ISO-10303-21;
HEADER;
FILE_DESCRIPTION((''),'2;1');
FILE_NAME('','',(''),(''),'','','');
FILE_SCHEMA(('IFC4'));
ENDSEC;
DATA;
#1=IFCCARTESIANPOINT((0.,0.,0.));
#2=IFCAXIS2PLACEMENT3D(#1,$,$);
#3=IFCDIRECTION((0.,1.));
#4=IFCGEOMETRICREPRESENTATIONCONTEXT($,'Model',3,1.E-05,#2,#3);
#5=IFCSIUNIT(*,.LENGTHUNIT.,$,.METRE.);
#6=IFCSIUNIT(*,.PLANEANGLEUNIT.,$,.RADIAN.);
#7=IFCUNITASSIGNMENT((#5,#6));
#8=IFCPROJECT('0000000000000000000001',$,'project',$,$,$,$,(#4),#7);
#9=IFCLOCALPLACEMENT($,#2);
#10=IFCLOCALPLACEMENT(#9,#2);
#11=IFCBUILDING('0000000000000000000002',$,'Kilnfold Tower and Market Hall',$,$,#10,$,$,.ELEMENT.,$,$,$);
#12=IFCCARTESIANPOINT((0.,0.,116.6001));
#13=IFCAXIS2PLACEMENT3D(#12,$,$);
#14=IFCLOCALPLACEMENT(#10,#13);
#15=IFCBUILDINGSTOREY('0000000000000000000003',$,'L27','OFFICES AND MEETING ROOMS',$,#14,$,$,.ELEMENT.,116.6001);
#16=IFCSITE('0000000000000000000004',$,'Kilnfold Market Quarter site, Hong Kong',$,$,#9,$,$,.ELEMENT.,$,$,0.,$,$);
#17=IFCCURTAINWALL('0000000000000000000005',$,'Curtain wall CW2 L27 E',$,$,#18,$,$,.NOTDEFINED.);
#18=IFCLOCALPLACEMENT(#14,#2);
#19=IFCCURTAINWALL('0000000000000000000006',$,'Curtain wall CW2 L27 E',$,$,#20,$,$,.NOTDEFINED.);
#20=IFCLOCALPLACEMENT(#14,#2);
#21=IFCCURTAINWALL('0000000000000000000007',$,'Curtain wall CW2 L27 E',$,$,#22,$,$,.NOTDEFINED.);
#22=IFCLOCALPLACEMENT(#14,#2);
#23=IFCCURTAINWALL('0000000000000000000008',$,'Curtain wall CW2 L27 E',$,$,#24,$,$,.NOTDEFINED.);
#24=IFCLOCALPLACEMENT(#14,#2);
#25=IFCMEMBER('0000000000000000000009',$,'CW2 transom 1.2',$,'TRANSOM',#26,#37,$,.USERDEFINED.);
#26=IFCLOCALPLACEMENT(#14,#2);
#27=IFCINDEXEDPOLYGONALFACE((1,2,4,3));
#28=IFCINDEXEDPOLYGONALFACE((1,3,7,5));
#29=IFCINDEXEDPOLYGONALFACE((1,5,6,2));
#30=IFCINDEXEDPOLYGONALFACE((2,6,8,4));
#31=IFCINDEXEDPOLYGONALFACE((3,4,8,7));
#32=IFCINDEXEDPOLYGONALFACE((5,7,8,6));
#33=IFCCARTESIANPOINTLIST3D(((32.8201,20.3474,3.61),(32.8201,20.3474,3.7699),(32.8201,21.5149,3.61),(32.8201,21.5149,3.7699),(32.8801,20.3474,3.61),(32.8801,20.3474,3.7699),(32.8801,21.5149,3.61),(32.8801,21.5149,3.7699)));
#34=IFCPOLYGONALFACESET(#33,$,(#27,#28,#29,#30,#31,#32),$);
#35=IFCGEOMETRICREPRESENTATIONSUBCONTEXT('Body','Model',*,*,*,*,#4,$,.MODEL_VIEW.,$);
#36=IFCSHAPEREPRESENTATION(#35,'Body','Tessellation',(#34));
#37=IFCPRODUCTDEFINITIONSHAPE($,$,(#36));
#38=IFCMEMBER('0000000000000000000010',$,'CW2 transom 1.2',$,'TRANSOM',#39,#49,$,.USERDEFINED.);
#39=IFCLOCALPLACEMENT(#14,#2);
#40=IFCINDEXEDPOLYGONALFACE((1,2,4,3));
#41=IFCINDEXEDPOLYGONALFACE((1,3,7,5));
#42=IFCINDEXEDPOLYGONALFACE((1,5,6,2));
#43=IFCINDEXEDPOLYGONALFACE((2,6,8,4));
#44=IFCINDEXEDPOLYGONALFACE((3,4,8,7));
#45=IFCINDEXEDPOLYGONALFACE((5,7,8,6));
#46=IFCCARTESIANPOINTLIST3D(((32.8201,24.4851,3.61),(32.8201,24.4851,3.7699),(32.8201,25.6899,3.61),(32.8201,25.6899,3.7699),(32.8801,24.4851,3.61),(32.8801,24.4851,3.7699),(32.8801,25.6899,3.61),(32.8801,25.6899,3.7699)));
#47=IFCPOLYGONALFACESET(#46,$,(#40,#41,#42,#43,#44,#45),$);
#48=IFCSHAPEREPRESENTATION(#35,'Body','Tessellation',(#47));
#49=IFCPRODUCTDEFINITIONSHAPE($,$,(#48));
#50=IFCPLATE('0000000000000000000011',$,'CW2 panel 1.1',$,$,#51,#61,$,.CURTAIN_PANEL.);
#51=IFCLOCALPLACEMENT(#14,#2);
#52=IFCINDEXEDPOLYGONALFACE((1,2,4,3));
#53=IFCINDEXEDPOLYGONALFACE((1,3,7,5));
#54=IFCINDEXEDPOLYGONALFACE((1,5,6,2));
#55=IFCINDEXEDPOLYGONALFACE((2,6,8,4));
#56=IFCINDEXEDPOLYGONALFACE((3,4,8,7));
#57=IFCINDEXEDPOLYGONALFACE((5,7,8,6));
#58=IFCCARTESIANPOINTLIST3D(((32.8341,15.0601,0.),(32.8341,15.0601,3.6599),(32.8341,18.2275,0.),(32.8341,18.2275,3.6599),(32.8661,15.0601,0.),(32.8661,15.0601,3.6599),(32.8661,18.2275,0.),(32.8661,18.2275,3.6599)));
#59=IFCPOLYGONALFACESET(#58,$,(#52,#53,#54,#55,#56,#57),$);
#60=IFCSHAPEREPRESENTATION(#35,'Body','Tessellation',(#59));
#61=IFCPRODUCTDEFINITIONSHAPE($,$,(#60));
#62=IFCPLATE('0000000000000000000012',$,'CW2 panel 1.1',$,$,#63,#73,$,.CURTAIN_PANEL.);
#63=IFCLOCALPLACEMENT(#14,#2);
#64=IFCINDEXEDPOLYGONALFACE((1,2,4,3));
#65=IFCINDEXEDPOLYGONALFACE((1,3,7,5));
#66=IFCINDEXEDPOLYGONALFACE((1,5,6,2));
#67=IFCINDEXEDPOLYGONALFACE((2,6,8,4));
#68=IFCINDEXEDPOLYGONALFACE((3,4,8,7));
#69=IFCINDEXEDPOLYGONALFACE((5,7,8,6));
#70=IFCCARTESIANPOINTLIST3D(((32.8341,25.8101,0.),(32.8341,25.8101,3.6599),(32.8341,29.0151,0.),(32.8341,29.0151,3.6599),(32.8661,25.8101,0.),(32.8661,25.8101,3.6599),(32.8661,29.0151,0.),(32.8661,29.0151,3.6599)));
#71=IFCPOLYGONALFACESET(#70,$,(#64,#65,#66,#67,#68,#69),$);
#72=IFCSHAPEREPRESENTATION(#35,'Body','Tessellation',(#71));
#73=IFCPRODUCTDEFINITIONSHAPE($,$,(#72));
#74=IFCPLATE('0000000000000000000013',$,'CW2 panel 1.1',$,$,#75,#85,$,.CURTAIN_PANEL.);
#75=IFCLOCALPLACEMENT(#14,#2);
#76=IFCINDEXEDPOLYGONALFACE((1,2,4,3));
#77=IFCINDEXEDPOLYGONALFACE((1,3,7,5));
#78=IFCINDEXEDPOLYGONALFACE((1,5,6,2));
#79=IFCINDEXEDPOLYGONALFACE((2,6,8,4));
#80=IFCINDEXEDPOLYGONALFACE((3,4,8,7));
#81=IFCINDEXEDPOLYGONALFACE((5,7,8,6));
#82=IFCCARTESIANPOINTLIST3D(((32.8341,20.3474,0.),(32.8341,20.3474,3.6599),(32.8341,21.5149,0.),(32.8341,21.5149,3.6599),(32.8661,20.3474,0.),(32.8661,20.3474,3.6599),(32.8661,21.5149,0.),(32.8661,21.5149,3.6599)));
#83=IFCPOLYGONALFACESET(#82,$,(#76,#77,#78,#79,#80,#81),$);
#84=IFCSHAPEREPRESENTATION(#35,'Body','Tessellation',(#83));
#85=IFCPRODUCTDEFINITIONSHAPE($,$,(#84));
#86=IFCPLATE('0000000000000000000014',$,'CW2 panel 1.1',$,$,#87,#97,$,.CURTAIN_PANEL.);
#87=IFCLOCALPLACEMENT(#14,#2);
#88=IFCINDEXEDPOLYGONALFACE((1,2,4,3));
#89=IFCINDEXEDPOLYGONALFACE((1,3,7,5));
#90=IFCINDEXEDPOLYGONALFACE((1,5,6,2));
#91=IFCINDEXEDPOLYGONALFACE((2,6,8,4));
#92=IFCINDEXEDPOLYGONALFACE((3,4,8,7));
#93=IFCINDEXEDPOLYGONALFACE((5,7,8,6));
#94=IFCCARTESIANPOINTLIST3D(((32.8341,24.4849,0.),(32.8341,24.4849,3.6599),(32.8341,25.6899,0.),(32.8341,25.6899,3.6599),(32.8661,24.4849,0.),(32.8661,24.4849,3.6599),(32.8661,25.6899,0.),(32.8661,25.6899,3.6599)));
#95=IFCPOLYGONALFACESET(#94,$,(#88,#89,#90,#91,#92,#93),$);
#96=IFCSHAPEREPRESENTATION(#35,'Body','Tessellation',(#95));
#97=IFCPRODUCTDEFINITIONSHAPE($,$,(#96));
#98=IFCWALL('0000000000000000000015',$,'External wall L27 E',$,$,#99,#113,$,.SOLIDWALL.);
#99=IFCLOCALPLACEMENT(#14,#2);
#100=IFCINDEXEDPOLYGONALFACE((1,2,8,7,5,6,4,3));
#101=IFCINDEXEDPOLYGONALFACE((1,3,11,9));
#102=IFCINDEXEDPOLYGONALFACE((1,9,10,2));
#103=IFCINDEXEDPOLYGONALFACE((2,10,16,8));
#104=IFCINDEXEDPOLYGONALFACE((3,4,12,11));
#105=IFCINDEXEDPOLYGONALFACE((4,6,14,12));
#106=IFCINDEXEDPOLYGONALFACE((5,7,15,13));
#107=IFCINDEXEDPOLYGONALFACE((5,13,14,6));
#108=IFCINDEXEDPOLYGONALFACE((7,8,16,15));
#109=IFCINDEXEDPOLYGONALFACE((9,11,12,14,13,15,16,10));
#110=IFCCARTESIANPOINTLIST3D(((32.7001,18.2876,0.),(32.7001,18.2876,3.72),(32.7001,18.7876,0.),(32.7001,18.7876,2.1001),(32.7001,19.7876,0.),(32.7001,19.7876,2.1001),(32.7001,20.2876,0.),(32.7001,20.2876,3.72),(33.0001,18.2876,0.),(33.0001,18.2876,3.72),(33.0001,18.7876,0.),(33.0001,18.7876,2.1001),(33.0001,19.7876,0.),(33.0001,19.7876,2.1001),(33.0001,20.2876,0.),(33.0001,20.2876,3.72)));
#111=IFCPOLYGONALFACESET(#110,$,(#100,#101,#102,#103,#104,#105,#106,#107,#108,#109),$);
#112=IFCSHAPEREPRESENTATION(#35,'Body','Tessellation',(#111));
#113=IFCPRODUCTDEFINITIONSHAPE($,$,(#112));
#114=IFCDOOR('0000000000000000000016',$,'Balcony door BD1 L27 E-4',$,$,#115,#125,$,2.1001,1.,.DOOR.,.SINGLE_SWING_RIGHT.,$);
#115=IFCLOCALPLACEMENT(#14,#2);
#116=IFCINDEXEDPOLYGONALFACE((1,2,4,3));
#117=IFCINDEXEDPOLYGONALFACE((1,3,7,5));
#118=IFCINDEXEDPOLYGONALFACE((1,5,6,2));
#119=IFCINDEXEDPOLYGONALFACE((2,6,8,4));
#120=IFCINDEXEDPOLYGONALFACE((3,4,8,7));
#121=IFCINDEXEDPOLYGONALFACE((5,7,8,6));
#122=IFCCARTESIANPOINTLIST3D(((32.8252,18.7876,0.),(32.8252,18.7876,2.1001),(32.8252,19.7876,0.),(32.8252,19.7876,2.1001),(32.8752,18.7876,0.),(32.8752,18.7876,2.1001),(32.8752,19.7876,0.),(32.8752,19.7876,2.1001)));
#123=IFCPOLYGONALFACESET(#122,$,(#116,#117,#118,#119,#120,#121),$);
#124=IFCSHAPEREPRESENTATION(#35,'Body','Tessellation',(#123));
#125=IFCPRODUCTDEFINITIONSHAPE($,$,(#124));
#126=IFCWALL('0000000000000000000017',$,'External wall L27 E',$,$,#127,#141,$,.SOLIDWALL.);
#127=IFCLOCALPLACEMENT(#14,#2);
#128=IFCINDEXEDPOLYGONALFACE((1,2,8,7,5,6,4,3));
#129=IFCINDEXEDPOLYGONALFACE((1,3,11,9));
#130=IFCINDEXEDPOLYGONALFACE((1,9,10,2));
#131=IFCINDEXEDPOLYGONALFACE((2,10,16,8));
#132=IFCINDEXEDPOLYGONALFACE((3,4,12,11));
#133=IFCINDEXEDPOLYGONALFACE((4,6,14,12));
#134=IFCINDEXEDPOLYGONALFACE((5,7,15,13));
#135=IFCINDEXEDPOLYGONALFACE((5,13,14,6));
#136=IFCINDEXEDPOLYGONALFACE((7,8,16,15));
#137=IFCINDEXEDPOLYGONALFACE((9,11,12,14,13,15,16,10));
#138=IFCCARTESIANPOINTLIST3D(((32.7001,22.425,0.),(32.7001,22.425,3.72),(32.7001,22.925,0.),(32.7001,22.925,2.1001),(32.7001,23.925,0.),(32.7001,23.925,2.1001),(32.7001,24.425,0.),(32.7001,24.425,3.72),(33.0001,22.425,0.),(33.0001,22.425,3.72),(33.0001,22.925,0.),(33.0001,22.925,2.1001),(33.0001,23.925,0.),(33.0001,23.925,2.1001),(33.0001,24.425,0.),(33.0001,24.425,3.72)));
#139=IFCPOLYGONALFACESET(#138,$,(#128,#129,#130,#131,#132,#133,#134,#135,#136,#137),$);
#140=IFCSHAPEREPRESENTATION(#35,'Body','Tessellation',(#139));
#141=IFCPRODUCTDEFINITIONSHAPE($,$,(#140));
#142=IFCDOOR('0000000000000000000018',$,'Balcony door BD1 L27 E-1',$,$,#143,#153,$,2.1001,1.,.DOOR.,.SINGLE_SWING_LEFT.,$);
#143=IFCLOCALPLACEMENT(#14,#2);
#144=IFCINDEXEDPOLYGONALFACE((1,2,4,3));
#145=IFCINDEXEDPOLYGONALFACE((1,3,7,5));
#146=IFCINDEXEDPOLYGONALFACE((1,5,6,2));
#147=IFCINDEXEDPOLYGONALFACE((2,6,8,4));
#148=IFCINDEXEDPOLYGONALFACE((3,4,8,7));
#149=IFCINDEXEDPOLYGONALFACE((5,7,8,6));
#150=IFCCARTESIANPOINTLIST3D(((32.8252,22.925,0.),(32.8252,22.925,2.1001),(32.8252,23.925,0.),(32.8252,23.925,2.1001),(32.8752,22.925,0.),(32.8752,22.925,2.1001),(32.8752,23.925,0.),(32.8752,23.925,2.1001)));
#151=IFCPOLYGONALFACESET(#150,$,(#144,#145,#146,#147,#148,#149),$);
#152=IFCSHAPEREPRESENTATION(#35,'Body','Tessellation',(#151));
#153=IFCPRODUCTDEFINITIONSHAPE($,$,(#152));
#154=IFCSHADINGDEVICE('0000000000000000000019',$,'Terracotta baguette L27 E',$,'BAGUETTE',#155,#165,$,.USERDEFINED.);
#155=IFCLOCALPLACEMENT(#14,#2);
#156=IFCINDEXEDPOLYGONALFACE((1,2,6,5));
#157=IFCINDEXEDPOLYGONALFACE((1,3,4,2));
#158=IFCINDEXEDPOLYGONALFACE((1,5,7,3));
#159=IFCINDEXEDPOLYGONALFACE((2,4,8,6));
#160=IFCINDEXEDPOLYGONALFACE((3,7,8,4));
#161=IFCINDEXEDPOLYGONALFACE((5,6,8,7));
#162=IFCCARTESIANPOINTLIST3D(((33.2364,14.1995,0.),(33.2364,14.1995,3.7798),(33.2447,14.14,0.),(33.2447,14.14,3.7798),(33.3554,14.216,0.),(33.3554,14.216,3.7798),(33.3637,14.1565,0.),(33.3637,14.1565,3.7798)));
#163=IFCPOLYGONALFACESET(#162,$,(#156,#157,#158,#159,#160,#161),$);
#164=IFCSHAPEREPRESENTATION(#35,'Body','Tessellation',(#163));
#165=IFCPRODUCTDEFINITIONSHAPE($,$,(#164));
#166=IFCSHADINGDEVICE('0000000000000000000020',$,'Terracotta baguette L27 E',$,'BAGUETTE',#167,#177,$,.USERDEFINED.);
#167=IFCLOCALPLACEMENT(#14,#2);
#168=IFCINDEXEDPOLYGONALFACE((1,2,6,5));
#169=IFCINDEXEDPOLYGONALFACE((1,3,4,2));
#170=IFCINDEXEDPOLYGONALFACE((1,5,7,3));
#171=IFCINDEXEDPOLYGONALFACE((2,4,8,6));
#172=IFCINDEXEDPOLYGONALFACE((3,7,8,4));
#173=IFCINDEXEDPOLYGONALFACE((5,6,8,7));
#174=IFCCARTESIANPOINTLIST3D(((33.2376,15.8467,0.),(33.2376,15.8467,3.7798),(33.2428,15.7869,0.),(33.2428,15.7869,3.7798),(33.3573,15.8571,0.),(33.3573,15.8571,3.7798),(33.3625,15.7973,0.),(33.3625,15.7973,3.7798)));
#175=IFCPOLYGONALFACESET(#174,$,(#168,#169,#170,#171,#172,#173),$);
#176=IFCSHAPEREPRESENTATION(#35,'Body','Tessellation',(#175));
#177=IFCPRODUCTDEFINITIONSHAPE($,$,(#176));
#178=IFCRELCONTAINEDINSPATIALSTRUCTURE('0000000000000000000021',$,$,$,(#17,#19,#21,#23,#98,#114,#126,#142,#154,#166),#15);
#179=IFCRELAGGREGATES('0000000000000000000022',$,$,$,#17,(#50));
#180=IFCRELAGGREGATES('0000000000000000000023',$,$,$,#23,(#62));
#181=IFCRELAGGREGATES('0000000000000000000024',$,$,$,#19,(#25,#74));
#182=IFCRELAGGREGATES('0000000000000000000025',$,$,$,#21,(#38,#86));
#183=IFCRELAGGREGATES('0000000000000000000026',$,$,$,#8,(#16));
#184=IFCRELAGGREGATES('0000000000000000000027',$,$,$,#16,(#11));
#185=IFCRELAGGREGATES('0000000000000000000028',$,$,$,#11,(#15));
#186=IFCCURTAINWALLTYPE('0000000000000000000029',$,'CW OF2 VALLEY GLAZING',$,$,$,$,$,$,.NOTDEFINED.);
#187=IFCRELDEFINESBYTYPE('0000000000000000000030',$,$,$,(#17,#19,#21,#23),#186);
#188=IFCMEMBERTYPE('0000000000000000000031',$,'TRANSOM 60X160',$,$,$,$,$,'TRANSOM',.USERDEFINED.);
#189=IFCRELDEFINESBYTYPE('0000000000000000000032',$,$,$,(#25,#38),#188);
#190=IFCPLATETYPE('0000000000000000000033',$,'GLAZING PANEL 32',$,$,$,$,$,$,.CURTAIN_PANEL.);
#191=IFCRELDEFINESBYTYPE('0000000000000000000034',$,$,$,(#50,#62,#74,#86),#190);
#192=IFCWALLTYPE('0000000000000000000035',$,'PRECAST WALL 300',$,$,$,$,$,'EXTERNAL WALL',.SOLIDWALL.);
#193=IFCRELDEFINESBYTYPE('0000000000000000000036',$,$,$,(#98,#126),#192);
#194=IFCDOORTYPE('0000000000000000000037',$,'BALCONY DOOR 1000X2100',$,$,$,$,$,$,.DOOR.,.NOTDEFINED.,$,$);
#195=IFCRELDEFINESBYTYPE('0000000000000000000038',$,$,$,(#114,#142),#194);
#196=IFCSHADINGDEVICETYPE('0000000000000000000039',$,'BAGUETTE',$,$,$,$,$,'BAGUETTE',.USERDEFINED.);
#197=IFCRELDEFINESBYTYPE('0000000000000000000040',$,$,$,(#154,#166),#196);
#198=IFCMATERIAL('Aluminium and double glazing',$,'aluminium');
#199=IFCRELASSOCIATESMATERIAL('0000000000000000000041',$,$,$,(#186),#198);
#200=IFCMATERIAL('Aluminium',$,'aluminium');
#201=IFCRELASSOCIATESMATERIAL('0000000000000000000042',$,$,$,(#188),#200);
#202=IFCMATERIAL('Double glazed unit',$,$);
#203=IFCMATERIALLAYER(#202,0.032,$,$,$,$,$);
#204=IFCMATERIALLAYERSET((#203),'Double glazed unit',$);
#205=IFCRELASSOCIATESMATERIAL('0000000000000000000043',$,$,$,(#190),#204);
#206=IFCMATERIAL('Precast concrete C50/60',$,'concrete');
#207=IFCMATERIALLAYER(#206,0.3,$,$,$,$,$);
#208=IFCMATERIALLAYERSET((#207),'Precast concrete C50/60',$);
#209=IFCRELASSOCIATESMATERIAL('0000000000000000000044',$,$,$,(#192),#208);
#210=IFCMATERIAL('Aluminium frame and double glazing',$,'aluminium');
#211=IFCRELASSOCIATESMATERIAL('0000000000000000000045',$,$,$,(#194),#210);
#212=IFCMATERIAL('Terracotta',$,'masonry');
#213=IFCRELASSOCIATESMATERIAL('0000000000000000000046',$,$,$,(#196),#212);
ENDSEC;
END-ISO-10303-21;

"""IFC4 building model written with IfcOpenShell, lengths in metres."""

from ifc_helpers import new_model, si_unit, direction, frame, frame_2d, origin, origin_2d, place, context, subcontext, project, spatial, rectangle, extrude, source, transform, mapped, material, layer, layer_set, material_profile, profile_set, type_object, element, fill, aggregate, save


model = new_model("IFC4")

# Units and contexts
model_context = context("Model", 3, precision=1e-05, world=origin(), true_north=direction((0.0, 1.0)))
body_context = subcontext(model_context, "Body", "Model", "MODEL_VIEW")
ifc_project = project(units=[si_unit("LENGTHUNIT", "METRE"), si_unit("PLANEANGLEUNIT", "RADIAN")], contexts=[model_context])

# Site, building, storey
site_placement = place(None, origin())
site = spatial("IfcSite", under=ifc_project, at=site_placement, Name="Kilnfold Market Quarter site, Hong Kong", CompositionType="ELEMENT", RefElevation=0.0)
building_placement = place(site_placement, origin())
building = spatial("IfcBuilding", under=site, at=building_placement, Name="Kilnfold Tower and Market Hall", CompositionType="ELEMENT")
storey_placement = place(building_placement, frame((0.0, 0.0, 116.6001)))
storey = spatial("IfcBuildingStorey", under=building, at=storey_placement, Name="L27", Description="OFFICES AND MEETING ROOMS", CompositionType="ELEMENT", Elevation=116.6001)

# Shared definitions
ifc_material_1 = material(Name="Aluminium and double glazing", Category="aluminium")
curtain_wall_type = type_object("IfcCurtainWallType", Name="CW OF2 VALLEY GLAZING", PredefinedType="NOTDEFINED", material=ifc_material_1)

# Curtain walls
curtain_wall_1_placement = place(storey_placement, origin())
curtain_wall_1 = element("IfcCurtainWall", 1, at=curtain_wall_1_placement, inside=storey, type_object=curtain_wall_type, Name="Curtain wall CW2 L27 E", PredefinedType="NOTDEFINED")
curtain_wall_2_placement = place(storey_placement, origin())
curtain_wall_2 = element("IfcCurtainWall", 2, at=curtain_wall_2_placement, inside=storey, type_object=curtain_wall_type, Name="Curtain wall CW2 L27 E", PredefinedType="NOTDEFINED")
curtain_wall_3_placement = place(storey_placement, origin())
curtain_wall_3 = element("IfcCurtainWall", 3, at=curtain_wall_3_placement, inside=storey, type_object=curtain_wall_type, Name="Curtain wall CW2 L27 E", PredefinedType="NOTDEFINED")
curtain_wall_4_placement = place(storey_placement, origin())
curtain_wall_4 = element("IfcCurtainWall", 4, at=curtain_wall_4_placement, inside=storey, type_object=curtain_wall_type, Name="Curtain wall CW2 L27 E", PredefinedType="NOTDEFINED")

# Members
ifc_material_2 = material(Name="Aluminium", Category="aluminium")
ifc_material_profile_1 = material_profile(ifc_material_2, rectangle(XDim=0.0601, YDim=0.1599, at=origin_2d()), Name="TRANSOM 60x160")
ifc_profile_set_1 = profile_set([ifc_material_profile_1], Name="Aluminium")
member_type_1 = type_object("IfcMemberType", Name="TRANSOM 60X160", ElementType="TRANSOM", PredefinedType="USERDEFINED", material=ifc_profile_set_1)
shared_shape_1 = source(origin(), body_context, "Body", "SweptSolid", [
    extrude(rectangle(XDim=0.0601, YDim=0.1599, at=origin_2d()), origin(), (0.0, 0.0, 1.0), 1.1675),
])
member_1_placement = place(storey_placement, frame((32.8501, 20.3474, 3.6899), z_axis=(0.0, 1.0, 0.0), x_axis=(-1.0, 0.0, 0.0)))
member_1 = element("IfcMember", 5, at=member_1_placement, type_object=member_type_1, Name="CW2 transom 1.2", ObjectType="TRANSOM", PredefinedType="USERDEFINED", context=body_context, shape_type="MappedRepresentation", body=[
    mapped(shared_shape_1, transform((0.0, 0.0, 0.0))),
])
shared_shape_2 = source(origin(), body_context, "Body", "SweptSolid", [
    extrude(rectangle(XDim=0.0601, YDim=0.1599, at=origin_2d()), origin(), (0.0, 0.0, 1.0), 1.2048),
])
member_2_placement = place(storey_placement, frame((32.8501, 24.4851, 3.6899), z_axis=(0.0, 1.0, 0.0), x_axis=(-1.0, 0.0, 0.0)))
member_2 = element("IfcMember", 6, at=member_2_placement, type_object=member_type_1, Name="CW2 transom 1.2", ObjectType="TRANSOM", PredefinedType="USERDEFINED", context=body_context, shape_type="MappedRepresentation", body=[
    mapped(shared_shape_2, transform((0.0, 0.0, 0.0))),
])

# Plates
ifc_material_3 = material(Name="Double glazed unit")
ifc_layer_1 = layer(ifc_material_3, 0.032)
ifc_layer_set_1 = layer_set([ifc_layer_1], Name="Double glazed unit")
plate_type = type_object("IfcPlateType", Name="GLAZING PANEL 32", PredefinedType="CURTAIN_PANEL", material=ifc_layer_set_1)
shared_shape_3 = source(origin(), body_context, "Body", "SweptSolid", [
    extrude(rectangle(XDim=3.1675, YDim=0.032, at=origin_2d()), origin(), (0.0, 0.0, 1.0), 3.6599),
])
plate_1_placement = place(storey_placement, frame((32.8501, 16.6438, 0.0), z_axis=(0.0, 0.0, 1.0), x_axis=(0.0, 1.0, 0.0)))
plate_1 = element("IfcPlate", 7, at=plate_1_placement, type_object=plate_type, Name="CW2 panel 1.1", PredefinedType="CURTAIN_PANEL", context=body_context, shape_type="MappedRepresentation", body=[
    mapped(shared_shape_3, transform((0.0, 0.0, 0.0))),
])
aggregate(curtain_wall_1, [plate_1])
shared_shape_4 = source(origin(), body_context, "Body", "SweptSolid", [
    extrude(rectangle(XDim=3.2051, YDim=0.032, at=origin_2d()), origin(), (0.0, 0.0, 1.0), 3.6599),
])
plate_2_placement = place(storey_placement, frame((32.8501, 27.4126, 0.0), z_axis=(0.0, 0.0, 1.0), x_axis=(0.0, 1.0, 0.0)))
plate_2 = element("IfcPlate", 8, at=plate_2_placement, type_object=plate_type, Name="CW2 panel 1.1", PredefinedType="CURTAIN_PANEL", context=body_context, shape_type="MappedRepresentation", body=[
    mapped(shared_shape_4, transform((0.0, 0.0, 0.0))),
])
aggregate(curtain_wall_4, [plate_2])
shared_shape_5 = source(origin(), body_context, "Body", "SweptSolid", [
    extrude(rectangle(XDim=1.1675, YDim=0.032, at=origin_2d()), origin(), (0.0, 0.0, 1.0), 3.6599),
])
plate_3_placement = place(storey_placement, frame((32.8501, 20.9312, 0.0), z_axis=(0.0, 0.0, 1.0), x_axis=(0.0, 1.0, 0.0)))
plate_3 = element("IfcPlate", 9, at=plate_3_placement, type_object=plate_type, Name="CW2 panel 1.1", PredefinedType="CURTAIN_PANEL", context=body_context, shape_type="MappedRepresentation", body=[
    mapped(shared_shape_5, transform((0.0, 0.0, 0.0))),
])
aggregate(curtain_wall_2, [member_1, plate_3])
shared_shape_6 = source(origin(), body_context, "Body", "SweptSolid", [
    extrude(rectangle(XDim=1.2051, YDim=0.032, at=origin_2d()), origin(), (0.0, 0.0, 1.0), 3.6599),
])
plate_4_placement = place(storey_placement, frame((32.8501, 25.0874, 0.0), z_axis=(0.0, 0.0, 1.0), x_axis=(0.0, 1.0, 0.0)))
plate_4 = element("IfcPlate", 10, at=plate_4_placement, type_object=plate_type, Name="CW2 panel 1.1", PredefinedType="CURTAIN_PANEL", context=body_context, shape_type="MappedRepresentation", body=[
    mapped(shared_shape_6, transform((0.0, 0.0, 0.0))),
])
aggregate(curtain_wall_3, [member_2, plate_4])

# Walls, openings, doors
ifc_material_4 = material(Name="Precast concrete C50/60", Category="concrete")
ifc_layer_2 = layer(ifc_material_4, 0.3)
ifc_layer_set_2 = layer_set([ifc_layer_2], Name="Precast concrete C50/60")
wall_type = type_object("IfcWallType", Name="PRECAST WALL 300", ElementType="EXTERNAL WALL", PredefinedType="SOLIDWALL", material=ifc_layer_set_2)
shared_shape_7 = source(origin(), body_context, "Body", "SweptSolid", [
    extrude(rectangle(XDim=2.0, YDim=0.3, at=frame_2d((1.0, 0.0))), origin(), (0.0, 0.0, 1.0), 3.72),
])
wall_1_placement = place(storey_placement, frame((32.8501, 18.2876, 0.0), z_axis=(0.0, 0.0, 1.0), x_axis=(0.0, 1.0, 0.0)))
wall_1 = element("IfcWall", 11, at=wall_1_placement, inside=storey, type_object=wall_type, Name="External wall L27 E", PredefinedType="SOLIDWALL", context=body_context, shape_type="MappedRepresentation", body=[
    mapped(shared_shape_7, transform((0.0, 0.0, 0.0))),
])
opening_1_placement = place(wall_1_placement, frame((0.5, 0.0, 0.0)))
opening_1 = element("IfcOpeningElement", 12, at=opening_1_placement, cuts=wall_1, PredefinedType="OPENING", context=body_context, shape_type="SweptSolid", body=[
    extrude(rectangle(XDim=1.0, YDim=2.1001, at=frame_2d((0.5, 1.05))), frame((0.0, 0.1602, 0.0), z_axis=(0.0, -1.0, 0.0), x_axis=(1.0, 0.0, 0.0)), (0.0, 0.0, 1.0), 0.3201),
])
ifc_material_5 = material(Name="Aluminium frame and double glazing", Category="aluminium")
door_type = type_object("IfcDoorType", Name="BALCONY DOOR 1000X2100", OperationType="NOTDEFINED", PredefinedType="DOOR", material=ifc_material_5)
door_1_placement = place(opening_1_placement, origin())
door_1 = element("IfcDoor", 13, at=door_1_placement, inside=storey, type_object=door_type, Name="Balcony door BD1 L27 E-4", OperationType="SINGLE_SWING_RIGHT", OverallHeight=2.1001, OverallWidth=1.0, PredefinedType="DOOR", context=body_context, shape_type="SweptSolid", body=[
    extrude(rectangle(XDim=1.0, YDim=2.1001, at=frame_2d((0.5, 1.05))), frame((0.0, 0.0249, 0.0), z_axis=(0.0, -1.0, 0.0), x_axis=(1.0, 0.0, 0.0)), (0.0, 0.0, 1.0), 0.05),
])
fill(opening_1, door_1)
wall_2_placement = place(storey_placement, frame((32.8501, 22.425, 0.0), z_axis=(0.0, 0.0, 1.0), x_axis=(0.0, 1.0, 0.0)))
wall_2 = element("IfcWall", 14, at=wall_2_placement, inside=storey, type_object=wall_type, Name="External wall L27 E", PredefinedType="SOLIDWALL", context=body_context, shape_type="MappedRepresentation", body=[
    mapped(shared_shape_7, transform((0.0, 0.0, 0.0))),
])
opening_2_placement = place(wall_2_placement, frame((0.5, 0.0, 0.0)))
opening_2 = element("IfcOpeningElement", 15, at=opening_2_placement, cuts=wall_2, PredefinedType="OPENING", context=body_context, shape_type="SweptSolid", body=[
    extrude(rectangle(XDim=1.0, YDim=2.1001, at=frame_2d((0.5, 1.05))), frame((0.0, 0.1602, 0.0), z_axis=(0.0, -1.0, 0.0), x_axis=(1.0, 0.0, 0.0)), (0.0, 0.0, 1.0), 0.3201),
])
door_2_placement = place(opening_2_placement, origin())
door_2 = element("IfcDoor", 16, at=door_2_placement, inside=storey, type_object=door_type, Name="Balcony door BD1 L27 E-1", OperationType="SINGLE_SWING_LEFT", OverallHeight=2.1001, OverallWidth=1.0, PredefinedType="DOOR", context=body_context, shape_type="SweptSolid", body=[
    extrude(rectangle(XDim=1.0, YDim=2.1001, at=frame_2d((0.5, 1.05))), frame((0.0, 0.0249, 0.0), z_axis=(0.0, -1.0, 0.0), x_axis=(1.0, 0.0, 0.0)), (0.0, 0.0, 1.0), 0.05),
])
fill(opening_2, door_2)

# Shading devices
ifc_material_6 = material(Name="Terracotta", Category="masonry")
ifc_material_profile_2 = material_profile(ifc_material_6, rectangle(XDim=0.0601, YDim=0.1201, at=origin_2d()), Name="BAG 60x120")
ifc_profile_set_2 = profile_set([ifc_material_profile_2], Name="Terracotta")
shading_device_type = type_object("IfcShadingDeviceType", Name="BAGUETTE", ElementType="BAGUETTE", PredefinedType="USERDEFINED", material=ifc_profile_set_2)
shared_shape_8 = source(origin(), body_context, "Body", "SweptSolid", [
    extrude(rectangle(XDim=0.0601, YDim=0.1201, at=origin_2d()), origin(), (0.0, 0.0, 1.0), 3.7798),
])
for number, where, z_axis, x_axis, name in (
    (17, (33.3, 14.178, 0.0), (0.0, 0.0, 1.0), (-0.137313, 0.990528, 0.0), "Terracotta baguette L27 E"),
    (18, (33.3, 15.822, 0.0), (0.0, 0.0, 1.0), (-0.086476, 0.996254, 0.0), "Terracotta baguette L27 E"),
):
    element("IfcShadingDevice", number, at=place(storey_placement, frame(where, z_axis=z_axis, x_axis=x_axis)), inside=storey, type_object=shading_device_type, Name=name, ObjectType="BAGUETTE", PredefinedType="USERDEFINED", context=body_context, shape_type="MappedRepresentation", body=[
        mapped(shared_shape_8, transform((0.0, 0.0, 0.0))),
    ])

save(model, "model.ifc")
